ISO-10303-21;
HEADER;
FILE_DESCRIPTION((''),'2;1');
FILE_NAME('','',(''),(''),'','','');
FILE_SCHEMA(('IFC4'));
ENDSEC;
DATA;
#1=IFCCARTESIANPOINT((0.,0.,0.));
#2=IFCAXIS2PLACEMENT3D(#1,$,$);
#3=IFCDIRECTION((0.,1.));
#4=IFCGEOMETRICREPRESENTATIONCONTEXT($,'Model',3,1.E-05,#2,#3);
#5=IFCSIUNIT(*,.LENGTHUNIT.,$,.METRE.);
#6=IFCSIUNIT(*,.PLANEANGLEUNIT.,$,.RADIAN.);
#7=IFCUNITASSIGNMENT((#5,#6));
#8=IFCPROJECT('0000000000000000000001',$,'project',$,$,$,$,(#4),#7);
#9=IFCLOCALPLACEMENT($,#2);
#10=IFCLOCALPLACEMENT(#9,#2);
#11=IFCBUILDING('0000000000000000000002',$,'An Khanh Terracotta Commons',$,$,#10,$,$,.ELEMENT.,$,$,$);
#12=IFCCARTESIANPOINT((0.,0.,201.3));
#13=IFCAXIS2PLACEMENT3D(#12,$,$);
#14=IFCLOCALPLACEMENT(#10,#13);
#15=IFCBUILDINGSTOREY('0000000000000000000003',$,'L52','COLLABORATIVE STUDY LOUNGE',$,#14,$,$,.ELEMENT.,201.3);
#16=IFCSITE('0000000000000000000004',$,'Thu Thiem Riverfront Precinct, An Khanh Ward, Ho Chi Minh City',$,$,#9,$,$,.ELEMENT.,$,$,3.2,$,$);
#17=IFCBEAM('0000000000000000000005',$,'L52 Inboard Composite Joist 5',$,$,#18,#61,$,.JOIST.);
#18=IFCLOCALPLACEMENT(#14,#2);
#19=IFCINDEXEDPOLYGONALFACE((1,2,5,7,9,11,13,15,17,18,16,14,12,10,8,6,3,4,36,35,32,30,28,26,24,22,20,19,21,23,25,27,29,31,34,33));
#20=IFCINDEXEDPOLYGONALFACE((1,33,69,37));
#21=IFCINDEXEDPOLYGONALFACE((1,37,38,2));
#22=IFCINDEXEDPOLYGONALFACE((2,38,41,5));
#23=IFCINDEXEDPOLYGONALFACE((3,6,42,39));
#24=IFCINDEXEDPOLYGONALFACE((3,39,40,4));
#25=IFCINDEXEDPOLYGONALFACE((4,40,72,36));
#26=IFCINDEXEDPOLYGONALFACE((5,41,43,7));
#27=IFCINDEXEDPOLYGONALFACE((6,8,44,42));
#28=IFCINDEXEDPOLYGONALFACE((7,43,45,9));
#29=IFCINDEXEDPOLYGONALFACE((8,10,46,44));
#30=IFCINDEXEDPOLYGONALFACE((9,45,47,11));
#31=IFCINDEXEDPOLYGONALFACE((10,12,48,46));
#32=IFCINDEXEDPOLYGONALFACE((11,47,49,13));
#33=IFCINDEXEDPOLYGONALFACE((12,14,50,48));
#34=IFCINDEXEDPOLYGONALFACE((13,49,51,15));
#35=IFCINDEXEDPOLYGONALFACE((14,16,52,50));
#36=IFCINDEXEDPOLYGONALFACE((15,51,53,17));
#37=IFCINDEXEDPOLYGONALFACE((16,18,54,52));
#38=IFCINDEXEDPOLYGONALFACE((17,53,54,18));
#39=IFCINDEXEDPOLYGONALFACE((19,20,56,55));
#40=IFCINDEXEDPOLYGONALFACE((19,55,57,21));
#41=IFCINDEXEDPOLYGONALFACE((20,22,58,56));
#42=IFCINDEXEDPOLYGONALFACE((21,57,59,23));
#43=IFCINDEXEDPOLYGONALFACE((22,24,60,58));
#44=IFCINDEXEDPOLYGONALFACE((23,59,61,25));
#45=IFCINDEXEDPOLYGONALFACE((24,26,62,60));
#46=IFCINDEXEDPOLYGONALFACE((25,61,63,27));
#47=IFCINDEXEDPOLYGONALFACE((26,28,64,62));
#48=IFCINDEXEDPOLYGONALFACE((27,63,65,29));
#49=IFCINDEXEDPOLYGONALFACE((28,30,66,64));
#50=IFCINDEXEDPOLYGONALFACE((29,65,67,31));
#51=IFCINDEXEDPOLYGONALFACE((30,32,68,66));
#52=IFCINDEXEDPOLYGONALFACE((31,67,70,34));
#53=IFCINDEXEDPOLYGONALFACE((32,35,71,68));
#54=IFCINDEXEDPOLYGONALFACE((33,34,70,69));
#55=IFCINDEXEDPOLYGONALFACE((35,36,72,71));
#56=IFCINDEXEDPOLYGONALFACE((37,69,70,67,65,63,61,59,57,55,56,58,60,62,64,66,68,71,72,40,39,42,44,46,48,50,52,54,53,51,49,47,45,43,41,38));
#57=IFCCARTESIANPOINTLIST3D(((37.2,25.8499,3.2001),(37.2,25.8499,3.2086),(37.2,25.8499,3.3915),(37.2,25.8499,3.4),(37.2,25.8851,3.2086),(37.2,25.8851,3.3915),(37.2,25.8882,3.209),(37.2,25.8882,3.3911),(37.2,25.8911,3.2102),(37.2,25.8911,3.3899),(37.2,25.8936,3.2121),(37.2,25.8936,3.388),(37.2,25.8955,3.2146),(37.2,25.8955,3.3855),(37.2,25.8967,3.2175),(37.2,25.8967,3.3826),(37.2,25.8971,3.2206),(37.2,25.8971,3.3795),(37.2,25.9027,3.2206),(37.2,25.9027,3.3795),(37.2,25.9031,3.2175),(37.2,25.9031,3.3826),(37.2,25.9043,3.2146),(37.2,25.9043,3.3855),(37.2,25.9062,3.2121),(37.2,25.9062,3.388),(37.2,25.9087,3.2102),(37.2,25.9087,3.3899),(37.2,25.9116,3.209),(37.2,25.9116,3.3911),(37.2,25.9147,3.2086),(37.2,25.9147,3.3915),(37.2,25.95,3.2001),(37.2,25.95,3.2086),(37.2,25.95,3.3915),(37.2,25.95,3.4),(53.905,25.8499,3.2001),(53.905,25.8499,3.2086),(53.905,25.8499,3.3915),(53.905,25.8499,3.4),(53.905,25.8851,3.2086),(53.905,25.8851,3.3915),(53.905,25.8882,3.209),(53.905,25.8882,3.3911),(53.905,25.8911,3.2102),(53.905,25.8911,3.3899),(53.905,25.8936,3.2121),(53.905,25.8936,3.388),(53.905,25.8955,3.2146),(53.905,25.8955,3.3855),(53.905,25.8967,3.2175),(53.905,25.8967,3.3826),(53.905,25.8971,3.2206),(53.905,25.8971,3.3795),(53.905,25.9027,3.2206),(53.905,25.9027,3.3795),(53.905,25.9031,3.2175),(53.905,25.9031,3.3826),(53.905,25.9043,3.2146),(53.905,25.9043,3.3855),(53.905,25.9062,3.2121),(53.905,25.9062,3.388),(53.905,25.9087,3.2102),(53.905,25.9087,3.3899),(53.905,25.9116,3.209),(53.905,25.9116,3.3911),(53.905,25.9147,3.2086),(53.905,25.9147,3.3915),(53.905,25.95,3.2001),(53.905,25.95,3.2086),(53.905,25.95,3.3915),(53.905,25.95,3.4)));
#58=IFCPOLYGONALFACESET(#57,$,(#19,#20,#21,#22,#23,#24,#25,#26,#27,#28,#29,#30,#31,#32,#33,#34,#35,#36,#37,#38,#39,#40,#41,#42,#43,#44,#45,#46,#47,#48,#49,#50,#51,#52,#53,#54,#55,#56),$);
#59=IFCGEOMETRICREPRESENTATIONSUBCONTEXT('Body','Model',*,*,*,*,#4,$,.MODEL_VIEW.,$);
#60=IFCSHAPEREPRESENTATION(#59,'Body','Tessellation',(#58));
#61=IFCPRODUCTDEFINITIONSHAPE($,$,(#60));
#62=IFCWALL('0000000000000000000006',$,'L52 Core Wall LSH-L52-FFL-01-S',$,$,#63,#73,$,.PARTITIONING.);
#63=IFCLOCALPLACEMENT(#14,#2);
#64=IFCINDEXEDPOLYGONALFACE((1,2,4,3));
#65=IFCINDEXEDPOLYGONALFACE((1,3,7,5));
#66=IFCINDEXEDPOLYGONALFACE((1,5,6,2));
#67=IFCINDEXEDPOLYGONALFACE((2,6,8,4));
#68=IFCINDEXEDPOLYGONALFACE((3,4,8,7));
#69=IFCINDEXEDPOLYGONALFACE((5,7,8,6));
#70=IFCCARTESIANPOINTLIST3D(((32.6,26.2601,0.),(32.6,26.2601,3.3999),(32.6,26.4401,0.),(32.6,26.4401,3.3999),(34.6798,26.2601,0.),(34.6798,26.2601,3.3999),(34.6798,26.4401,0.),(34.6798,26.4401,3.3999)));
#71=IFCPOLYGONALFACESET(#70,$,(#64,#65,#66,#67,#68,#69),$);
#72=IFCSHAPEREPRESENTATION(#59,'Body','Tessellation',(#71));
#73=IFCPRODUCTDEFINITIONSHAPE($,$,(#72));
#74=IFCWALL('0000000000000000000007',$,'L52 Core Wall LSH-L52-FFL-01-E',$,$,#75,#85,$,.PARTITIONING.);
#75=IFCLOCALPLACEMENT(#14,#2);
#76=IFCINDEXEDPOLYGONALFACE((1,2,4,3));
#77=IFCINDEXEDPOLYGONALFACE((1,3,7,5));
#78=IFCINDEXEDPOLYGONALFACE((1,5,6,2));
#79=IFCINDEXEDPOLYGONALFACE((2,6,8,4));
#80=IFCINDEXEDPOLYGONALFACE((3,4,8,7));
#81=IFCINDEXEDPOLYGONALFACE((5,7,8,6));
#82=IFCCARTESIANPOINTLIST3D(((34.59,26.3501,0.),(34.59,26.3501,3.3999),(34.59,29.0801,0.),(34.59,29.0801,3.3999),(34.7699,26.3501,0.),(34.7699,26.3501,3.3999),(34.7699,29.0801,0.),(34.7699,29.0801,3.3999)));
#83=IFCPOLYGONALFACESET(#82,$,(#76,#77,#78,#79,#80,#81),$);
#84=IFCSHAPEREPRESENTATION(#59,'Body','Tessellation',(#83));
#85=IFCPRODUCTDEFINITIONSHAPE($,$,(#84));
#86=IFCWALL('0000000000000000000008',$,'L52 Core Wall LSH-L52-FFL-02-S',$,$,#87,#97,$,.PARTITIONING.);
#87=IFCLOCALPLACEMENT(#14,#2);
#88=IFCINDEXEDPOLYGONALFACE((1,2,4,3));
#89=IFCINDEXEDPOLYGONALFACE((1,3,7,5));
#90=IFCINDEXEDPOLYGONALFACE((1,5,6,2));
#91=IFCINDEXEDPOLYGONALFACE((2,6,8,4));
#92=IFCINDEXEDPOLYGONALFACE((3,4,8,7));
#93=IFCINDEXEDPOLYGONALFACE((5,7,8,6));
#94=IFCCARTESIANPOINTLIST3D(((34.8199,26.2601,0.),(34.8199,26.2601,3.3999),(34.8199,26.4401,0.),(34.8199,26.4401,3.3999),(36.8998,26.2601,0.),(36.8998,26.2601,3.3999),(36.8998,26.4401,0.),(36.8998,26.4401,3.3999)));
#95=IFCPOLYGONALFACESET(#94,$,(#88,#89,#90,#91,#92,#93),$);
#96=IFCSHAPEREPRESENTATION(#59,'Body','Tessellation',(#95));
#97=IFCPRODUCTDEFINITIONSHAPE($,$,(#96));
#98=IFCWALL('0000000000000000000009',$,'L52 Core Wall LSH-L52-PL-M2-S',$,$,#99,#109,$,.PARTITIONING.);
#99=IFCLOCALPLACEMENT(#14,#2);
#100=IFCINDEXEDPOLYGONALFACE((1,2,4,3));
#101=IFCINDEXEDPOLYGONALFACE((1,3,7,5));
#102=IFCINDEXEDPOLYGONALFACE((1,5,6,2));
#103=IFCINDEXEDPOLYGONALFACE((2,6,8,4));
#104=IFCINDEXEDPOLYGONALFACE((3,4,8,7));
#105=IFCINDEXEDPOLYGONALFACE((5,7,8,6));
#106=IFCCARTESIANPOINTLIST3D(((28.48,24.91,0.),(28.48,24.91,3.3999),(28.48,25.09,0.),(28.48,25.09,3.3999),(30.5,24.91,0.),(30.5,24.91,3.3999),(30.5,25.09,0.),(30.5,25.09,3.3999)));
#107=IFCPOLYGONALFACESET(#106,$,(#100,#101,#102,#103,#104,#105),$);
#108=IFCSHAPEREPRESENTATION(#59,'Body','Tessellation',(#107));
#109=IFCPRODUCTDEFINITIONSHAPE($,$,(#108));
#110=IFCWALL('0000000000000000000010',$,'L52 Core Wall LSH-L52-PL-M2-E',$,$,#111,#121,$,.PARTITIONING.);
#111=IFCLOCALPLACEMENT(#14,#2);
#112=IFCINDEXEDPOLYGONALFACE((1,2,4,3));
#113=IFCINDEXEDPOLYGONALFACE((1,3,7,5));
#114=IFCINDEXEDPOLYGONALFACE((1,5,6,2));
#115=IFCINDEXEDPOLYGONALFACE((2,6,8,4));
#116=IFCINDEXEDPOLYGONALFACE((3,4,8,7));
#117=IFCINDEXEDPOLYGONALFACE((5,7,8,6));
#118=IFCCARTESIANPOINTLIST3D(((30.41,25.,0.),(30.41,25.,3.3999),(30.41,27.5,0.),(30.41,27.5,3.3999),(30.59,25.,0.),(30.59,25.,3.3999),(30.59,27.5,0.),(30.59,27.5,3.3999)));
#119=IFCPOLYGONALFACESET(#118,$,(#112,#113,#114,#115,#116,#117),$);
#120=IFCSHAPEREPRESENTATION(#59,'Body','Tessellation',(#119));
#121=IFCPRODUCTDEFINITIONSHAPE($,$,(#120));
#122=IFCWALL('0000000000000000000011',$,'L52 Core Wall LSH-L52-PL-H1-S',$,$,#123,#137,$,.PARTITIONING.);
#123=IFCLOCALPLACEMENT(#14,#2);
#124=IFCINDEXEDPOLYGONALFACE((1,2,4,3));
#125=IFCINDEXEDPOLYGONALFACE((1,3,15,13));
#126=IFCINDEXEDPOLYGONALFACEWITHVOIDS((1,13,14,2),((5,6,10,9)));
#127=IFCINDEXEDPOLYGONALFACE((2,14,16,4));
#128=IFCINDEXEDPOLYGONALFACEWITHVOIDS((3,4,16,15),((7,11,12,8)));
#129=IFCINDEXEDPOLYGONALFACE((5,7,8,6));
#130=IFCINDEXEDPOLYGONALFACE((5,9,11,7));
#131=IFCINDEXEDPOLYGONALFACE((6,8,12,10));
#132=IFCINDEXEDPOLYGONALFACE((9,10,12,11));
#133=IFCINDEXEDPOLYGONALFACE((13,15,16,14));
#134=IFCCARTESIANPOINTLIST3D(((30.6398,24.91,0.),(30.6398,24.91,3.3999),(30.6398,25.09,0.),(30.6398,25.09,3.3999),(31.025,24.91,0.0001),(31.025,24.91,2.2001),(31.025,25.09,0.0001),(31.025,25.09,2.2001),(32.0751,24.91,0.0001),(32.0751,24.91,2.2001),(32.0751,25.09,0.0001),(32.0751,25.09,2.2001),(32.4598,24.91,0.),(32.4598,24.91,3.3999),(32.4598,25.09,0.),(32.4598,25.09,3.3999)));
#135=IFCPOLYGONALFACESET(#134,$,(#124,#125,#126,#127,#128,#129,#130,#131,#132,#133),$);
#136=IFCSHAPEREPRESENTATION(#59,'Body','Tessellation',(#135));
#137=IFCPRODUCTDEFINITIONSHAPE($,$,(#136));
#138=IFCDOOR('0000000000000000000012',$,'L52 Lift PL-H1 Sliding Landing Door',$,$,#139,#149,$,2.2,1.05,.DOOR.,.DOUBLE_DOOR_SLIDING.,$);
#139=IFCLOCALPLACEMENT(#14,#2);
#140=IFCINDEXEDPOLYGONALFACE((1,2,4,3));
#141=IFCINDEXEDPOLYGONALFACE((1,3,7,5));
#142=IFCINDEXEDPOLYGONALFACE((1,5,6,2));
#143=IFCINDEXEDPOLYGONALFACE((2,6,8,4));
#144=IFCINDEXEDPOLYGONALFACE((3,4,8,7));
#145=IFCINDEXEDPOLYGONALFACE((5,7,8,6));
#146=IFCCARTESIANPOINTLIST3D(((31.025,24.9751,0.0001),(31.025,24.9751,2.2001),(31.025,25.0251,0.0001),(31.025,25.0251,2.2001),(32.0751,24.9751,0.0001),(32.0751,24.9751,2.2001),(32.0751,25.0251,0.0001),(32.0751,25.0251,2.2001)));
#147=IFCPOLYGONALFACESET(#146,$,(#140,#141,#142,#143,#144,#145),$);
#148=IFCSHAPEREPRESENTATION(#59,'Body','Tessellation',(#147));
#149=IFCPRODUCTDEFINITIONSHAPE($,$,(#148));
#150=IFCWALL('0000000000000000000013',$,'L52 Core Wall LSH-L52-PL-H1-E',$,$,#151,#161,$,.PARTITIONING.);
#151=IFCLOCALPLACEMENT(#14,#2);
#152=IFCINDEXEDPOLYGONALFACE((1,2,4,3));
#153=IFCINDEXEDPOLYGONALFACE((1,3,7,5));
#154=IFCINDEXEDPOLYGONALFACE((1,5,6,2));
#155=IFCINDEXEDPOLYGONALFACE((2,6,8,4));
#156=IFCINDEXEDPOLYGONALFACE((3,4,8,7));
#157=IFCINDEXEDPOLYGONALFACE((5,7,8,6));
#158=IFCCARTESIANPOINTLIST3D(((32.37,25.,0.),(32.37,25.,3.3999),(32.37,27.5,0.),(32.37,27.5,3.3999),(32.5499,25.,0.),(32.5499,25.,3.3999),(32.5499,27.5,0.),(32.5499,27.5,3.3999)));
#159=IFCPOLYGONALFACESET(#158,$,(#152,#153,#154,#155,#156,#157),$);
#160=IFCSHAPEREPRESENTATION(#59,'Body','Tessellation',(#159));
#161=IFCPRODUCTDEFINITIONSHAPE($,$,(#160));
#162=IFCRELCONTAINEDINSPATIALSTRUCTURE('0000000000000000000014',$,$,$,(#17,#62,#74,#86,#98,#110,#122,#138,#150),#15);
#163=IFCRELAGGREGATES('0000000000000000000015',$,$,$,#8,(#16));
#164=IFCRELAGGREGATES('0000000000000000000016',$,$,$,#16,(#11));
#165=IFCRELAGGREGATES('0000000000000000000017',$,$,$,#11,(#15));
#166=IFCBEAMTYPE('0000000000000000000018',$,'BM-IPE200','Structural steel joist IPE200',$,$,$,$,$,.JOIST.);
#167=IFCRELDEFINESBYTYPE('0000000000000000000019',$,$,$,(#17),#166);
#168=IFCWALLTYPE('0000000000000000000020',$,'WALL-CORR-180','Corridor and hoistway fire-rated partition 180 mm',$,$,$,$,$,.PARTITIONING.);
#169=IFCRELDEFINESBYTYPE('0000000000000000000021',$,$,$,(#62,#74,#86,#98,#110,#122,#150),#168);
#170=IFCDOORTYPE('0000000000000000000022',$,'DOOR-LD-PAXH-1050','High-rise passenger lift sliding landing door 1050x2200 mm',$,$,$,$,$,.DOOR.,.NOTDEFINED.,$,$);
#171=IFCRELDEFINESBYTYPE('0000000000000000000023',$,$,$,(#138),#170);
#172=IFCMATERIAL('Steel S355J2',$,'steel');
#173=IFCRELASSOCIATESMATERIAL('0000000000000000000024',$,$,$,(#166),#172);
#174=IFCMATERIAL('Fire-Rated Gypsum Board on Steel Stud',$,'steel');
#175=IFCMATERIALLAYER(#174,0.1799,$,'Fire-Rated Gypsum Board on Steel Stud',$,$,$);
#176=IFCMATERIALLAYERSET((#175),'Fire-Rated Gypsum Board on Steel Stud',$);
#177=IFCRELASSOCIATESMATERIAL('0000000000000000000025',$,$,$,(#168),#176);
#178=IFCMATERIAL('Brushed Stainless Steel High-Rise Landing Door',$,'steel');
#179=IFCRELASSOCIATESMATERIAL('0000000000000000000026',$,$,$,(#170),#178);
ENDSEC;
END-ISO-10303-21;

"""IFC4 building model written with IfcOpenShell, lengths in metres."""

from ifc_helpers import new_model, si_unit, direction, frame, frame_2d, origin, origin_2d, place, context, subcontext, project, spatial, rectangle, i_section, extrude, material, layer, layer_set, material_profile, profile_set, type_object, element, fill, save


model = new_model("IFC4")

# Units and contexts
model_context = context("Model", 3, precision=1e-05, world=origin(), true_north=direction((0.0, 1.0)))
body_context = subcontext(model_context, "Body", "Model", "MODEL_VIEW")
ifc_project = project(units=[si_unit("LENGTHUNIT", "METRE"), si_unit("PLANEANGLEUNIT", "RADIAN")], contexts=[model_context])

# Site, building, storey
site_placement = place(None, origin())
site = spatial("IfcSite", under=ifc_project, at=site_placement, Name="Thu Thiem Riverfront Precinct, An Khanh Ward, Ho Chi Minh City", CompositionType="ELEMENT", RefElevation=3.2)
building_placement = place(site_placement, origin())
building = spatial("IfcBuilding", under=site, at=building_placement, Name="An Khanh Terracotta Commons", CompositionType="ELEMENT")
storey_placement = place(building_placement, frame((0.0, 0.0, 201.3)))
storey = spatial("IfcBuildingStorey", under=building, at=storey_placement, Name="L52", Description="COLLABORATIVE STUDY LOUNGE", CompositionType="ELEMENT", Elevation=201.3)

# Beam
ifc_material_1 = material(Name="Steel S355J2", Category="steel")
ifc_material_profile_1 = material_profile(ifc_material_1, i_section(OverallWidth=0.1001, OverallDepth=0.2, WebThickness=0.0056, FlangeThickness=0.0085, FilletRadius=0.012, at=origin_2d()), Name="IPE200")
ifc_profile_set_1 = profile_set([ifc_material_profile_1], Name="Steel S355J2")
beam_type_1 = type_object("IfcBeamType", Name="BM-IPE200", Description="Structural steel joist IPE200", PredefinedType="JOIST", material=ifc_profile_set_1)
for number, where, z_axis, x_axis, name in (
    (1, (37.2, 25.8999, 3.3), (1.0, 0.0, 0.0), (0.0, 1.0, 0.0), "L52 Inboard Composite Joist 5"),
):
    element("IfcBeam", number, at=place(storey_placement, frame(where, z_axis=z_axis, x_axis=x_axis)), inside=storey, type_object=beam_type_1, Name=name, PredefinedType="JOIST", context=body_context, shape_type="SweptSolid", body=[
        extrude(i_section(OverallWidth=0.1001, OverallDepth=0.2, WebThickness=0.0056, FlangeThickness=0.0085, FilletRadius=0.012, at=origin_2d()), origin(), (0.0, 0.0, 1.0), 16.7051),
    ])

# Walls
ifc_material_2 = material(Name="Fire-Rated Gypsum Board on Steel Stud", Category="steel")
ifc_layer = layer(ifc_material_2, 0.1799, Name="Fire-Rated Gypsum Board on Steel Stud")
ifc_layer_set = layer_set([ifc_layer], Name="Fire-Rated Gypsum Board on Steel Stud")
wall_type = type_object("IfcWallType", Name="WALL-CORR-180", Description="Corridor and hoistway fire-rated partition 180 mm", PredefinedType="PARTITIONING", material=ifc_layer_set)
wall_1_placement = place(storey_placement, frame((34.6799, 26.3501, 0.0), z_axis=(0.0, 0.0, 1.0), x_axis=(-1.0, 0.0, 0.0)))
element("IfcWall", 2, at=wall_1_placement, inside=storey, type_object=wall_type, Name="L52 Core Wall LSH-L52-FFL-01-S", PredefinedType="PARTITIONING", context=body_context, shape_type="SweptSolid", body=[
    extrude(rectangle(XDim=2.0798, YDim=0.1799, at=frame_2d((1.04, 0.0))), origin(), (0.0, 0.0, 1.0), 3.3999),
])
wall_2_placement = place(storey_placement, frame((34.6799, 26.3501, 0.0), z_axis=(0.0, 0.0, 1.0), x_axis=(0.0, 1.0, 0.0)))
element("IfcWall", 3, at=wall_2_placement, inside=storey, type_object=wall_type, Name="L52 Core Wall LSH-L52-FFL-01-E", PredefinedType="PARTITIONING", context=body_context, shape_type="SweptSolid", body=[
    extrude(rectangle(XDim=2.73, YDim=0.1799, at=frame_2d((1.365, 0.0))), origin(), (0.0, 0.0, 1.0), 3.3999),
])
wall_3_placement = place(storey_placement, frame((36.8999, 26.3501, 0.0), z_axis=(0.0, 0.0, 1.0), x_axis=(-1.0, 0.0, 0.0)))
element("IfcWall", 4, at=wall_3_placement, inside=storey, type_object=wall_type, Name="L52 Core Wall LSH-L52-FFL-02-S", PredefinedType="PARTITIONING", context=body_context, shape_type="SweptSolid", body=[
    extrude(rectangle(XDim=2.0798, YDim=0.1799, at=frame_2d((1.04, 0.0))), origin(), (0.0, 0.0, 1.0), 3.3999),
])
wall_4_placement = place(storey_placement, frame((30.5, 25.0, 0.0), z_axis=(0.0, 0.0, 1.0), x_axis=(-1.0, 0.0, 0.0)))
element("IfcWall", 5, at=wall_4_placement, inside=storey, type_object=wall_type, Name="L52 Core Wall LSH-L52-PL-M2-S", PredefinedType="PARTITIONING", context=body_context, shape_type="SweptSolid", body=[
    extrude(rectangle(XDim=2.02, YDim=0.1799, at=frame_2d((1.01, 0.0))), origin(), (0.0, 0.0, 1.0), 3.3999),
])
wall_5_placement = place(storey_placement, frame((30.5, 25.0, 0.0), z_axis=(0.0, 0.0, 1.0), x_axis=(0.0, 1.0, 0.0)))
element("IfcWall", 6, at=wall_5_placement, inside=storey, type_object=wall_type, Name="L52 Core Wall LSH-L52-PL-M2-E", PredefinedType="PARTITIONING", context=body_context, shape_type="SweptSolid", body=[
    extrude(rectangle(XDim=2.5, YDim=0.1799, at=frame_2d((1.25, 0.0))), origin(), (0.0, 0.0, 1.0), 3.3999),
])

# Wall, opening, door
wall_6_placement = place(storey_placement, frame((32.46, 25.0, 0.0), z_axis=(0.0, 0.0, 1.0), x_axis=(-1.0, 0.0, 0.0)))
wall_6 = element("IfcWall", 7, at=wall_6_placement, inside=storey, type_object=wall_type, Name="L52 Core Wall LSH-L52-PL-H1-S", PredefinedType="PARTITIONING", context=body_context, shape_type="SweptSolid", body=[
    extrude(rectangle(XDim=1.8201, YDim=0.1799, at=frame_2d((0.9102, 0.0))), origin(), (0.0, 0.0, 1.0), 3.3999),
])
opening_1_placement = place(wall_6_placement, frame((0.385, 0.0, 0.0)))
opening_1 = element("IfcOpeningElement", 8, at=opening_1_placement, cuts=wall_6, PredefinedType="OPENING", context=body_context, shape_type="SweptSolid", body=[
    extrude(rectangle(XDim=1.05, YDim=2.2, at=frame_2d((0.5249, 1.1001))), frame((0.0, 0.0999, 0.0), z_axis=(0.0, -1.0, 0.0), x_axis=(1.0, 0.0, 0.0)), (0.0, 0.0, 1.0), 0.2),
])
ifc_material_3 = material(Name="Brushed Stainless Steel High-Rise Landing Door", Category="steel")
door_type = type_object("IfcDoorType", Name="DOOR-LD-PAXH-1050", Description="High-rise passenger lift sliding landing door 1050x2200 mm", OperationType="NOTDEFINED", PredefinedType="DOOR", material=ifc_material_3)
door_1_placement = place(opening_1_placement, origin())
door_1 = element("IfcDoor", 9, at=door_1_placement, inside=storey, type_object=door_type, Name="L52 Lift PL-H1 Sliding Landing Door", OperationType="DOUBLE_DOOR_SLIDING", OverallHeight=2.2, OverallWidth=1.05, PredefinedType="DOOR", context=body_context, shape_type="SweptSolid", body=[
    extrude(rectangle(XDim=1.05, YDim=2.2, at=frame_2d((0.5249, 1.1001))), frame((0.0, 0.0249, 0.0), z_axis=(0.0, -1.0, 0.0), x_axis=(1.0, 0.0, 0.0)), (0.0, 0.0, 1.0), 0.05),
])
fill(opening_1, door_1)

# Wall
wall_7_placement = place(storey_placement, frame((32.46, 25.0, 0.0), z_axis=(0.0, 0.0, 1.0), x_axis=(0.0, 1.0, 0.0)))
element("IfcWall", 10, at=wall_7_placement, inside=storey, type_object=wall_type, Name="L52 Core Wall LSH-L52-PL-H1-E", PredefinedType="PARTITIONING", context=body_context, shape_type="SweptSolid", body=[
    extrude(rectangle(XDim=2.5, YDim=0.1799, at=frame_2d((1.25, 0.0))), origin(), (0.0, 0.0, 1.0), 3.3999),
])

save(model, "model.ifc")
